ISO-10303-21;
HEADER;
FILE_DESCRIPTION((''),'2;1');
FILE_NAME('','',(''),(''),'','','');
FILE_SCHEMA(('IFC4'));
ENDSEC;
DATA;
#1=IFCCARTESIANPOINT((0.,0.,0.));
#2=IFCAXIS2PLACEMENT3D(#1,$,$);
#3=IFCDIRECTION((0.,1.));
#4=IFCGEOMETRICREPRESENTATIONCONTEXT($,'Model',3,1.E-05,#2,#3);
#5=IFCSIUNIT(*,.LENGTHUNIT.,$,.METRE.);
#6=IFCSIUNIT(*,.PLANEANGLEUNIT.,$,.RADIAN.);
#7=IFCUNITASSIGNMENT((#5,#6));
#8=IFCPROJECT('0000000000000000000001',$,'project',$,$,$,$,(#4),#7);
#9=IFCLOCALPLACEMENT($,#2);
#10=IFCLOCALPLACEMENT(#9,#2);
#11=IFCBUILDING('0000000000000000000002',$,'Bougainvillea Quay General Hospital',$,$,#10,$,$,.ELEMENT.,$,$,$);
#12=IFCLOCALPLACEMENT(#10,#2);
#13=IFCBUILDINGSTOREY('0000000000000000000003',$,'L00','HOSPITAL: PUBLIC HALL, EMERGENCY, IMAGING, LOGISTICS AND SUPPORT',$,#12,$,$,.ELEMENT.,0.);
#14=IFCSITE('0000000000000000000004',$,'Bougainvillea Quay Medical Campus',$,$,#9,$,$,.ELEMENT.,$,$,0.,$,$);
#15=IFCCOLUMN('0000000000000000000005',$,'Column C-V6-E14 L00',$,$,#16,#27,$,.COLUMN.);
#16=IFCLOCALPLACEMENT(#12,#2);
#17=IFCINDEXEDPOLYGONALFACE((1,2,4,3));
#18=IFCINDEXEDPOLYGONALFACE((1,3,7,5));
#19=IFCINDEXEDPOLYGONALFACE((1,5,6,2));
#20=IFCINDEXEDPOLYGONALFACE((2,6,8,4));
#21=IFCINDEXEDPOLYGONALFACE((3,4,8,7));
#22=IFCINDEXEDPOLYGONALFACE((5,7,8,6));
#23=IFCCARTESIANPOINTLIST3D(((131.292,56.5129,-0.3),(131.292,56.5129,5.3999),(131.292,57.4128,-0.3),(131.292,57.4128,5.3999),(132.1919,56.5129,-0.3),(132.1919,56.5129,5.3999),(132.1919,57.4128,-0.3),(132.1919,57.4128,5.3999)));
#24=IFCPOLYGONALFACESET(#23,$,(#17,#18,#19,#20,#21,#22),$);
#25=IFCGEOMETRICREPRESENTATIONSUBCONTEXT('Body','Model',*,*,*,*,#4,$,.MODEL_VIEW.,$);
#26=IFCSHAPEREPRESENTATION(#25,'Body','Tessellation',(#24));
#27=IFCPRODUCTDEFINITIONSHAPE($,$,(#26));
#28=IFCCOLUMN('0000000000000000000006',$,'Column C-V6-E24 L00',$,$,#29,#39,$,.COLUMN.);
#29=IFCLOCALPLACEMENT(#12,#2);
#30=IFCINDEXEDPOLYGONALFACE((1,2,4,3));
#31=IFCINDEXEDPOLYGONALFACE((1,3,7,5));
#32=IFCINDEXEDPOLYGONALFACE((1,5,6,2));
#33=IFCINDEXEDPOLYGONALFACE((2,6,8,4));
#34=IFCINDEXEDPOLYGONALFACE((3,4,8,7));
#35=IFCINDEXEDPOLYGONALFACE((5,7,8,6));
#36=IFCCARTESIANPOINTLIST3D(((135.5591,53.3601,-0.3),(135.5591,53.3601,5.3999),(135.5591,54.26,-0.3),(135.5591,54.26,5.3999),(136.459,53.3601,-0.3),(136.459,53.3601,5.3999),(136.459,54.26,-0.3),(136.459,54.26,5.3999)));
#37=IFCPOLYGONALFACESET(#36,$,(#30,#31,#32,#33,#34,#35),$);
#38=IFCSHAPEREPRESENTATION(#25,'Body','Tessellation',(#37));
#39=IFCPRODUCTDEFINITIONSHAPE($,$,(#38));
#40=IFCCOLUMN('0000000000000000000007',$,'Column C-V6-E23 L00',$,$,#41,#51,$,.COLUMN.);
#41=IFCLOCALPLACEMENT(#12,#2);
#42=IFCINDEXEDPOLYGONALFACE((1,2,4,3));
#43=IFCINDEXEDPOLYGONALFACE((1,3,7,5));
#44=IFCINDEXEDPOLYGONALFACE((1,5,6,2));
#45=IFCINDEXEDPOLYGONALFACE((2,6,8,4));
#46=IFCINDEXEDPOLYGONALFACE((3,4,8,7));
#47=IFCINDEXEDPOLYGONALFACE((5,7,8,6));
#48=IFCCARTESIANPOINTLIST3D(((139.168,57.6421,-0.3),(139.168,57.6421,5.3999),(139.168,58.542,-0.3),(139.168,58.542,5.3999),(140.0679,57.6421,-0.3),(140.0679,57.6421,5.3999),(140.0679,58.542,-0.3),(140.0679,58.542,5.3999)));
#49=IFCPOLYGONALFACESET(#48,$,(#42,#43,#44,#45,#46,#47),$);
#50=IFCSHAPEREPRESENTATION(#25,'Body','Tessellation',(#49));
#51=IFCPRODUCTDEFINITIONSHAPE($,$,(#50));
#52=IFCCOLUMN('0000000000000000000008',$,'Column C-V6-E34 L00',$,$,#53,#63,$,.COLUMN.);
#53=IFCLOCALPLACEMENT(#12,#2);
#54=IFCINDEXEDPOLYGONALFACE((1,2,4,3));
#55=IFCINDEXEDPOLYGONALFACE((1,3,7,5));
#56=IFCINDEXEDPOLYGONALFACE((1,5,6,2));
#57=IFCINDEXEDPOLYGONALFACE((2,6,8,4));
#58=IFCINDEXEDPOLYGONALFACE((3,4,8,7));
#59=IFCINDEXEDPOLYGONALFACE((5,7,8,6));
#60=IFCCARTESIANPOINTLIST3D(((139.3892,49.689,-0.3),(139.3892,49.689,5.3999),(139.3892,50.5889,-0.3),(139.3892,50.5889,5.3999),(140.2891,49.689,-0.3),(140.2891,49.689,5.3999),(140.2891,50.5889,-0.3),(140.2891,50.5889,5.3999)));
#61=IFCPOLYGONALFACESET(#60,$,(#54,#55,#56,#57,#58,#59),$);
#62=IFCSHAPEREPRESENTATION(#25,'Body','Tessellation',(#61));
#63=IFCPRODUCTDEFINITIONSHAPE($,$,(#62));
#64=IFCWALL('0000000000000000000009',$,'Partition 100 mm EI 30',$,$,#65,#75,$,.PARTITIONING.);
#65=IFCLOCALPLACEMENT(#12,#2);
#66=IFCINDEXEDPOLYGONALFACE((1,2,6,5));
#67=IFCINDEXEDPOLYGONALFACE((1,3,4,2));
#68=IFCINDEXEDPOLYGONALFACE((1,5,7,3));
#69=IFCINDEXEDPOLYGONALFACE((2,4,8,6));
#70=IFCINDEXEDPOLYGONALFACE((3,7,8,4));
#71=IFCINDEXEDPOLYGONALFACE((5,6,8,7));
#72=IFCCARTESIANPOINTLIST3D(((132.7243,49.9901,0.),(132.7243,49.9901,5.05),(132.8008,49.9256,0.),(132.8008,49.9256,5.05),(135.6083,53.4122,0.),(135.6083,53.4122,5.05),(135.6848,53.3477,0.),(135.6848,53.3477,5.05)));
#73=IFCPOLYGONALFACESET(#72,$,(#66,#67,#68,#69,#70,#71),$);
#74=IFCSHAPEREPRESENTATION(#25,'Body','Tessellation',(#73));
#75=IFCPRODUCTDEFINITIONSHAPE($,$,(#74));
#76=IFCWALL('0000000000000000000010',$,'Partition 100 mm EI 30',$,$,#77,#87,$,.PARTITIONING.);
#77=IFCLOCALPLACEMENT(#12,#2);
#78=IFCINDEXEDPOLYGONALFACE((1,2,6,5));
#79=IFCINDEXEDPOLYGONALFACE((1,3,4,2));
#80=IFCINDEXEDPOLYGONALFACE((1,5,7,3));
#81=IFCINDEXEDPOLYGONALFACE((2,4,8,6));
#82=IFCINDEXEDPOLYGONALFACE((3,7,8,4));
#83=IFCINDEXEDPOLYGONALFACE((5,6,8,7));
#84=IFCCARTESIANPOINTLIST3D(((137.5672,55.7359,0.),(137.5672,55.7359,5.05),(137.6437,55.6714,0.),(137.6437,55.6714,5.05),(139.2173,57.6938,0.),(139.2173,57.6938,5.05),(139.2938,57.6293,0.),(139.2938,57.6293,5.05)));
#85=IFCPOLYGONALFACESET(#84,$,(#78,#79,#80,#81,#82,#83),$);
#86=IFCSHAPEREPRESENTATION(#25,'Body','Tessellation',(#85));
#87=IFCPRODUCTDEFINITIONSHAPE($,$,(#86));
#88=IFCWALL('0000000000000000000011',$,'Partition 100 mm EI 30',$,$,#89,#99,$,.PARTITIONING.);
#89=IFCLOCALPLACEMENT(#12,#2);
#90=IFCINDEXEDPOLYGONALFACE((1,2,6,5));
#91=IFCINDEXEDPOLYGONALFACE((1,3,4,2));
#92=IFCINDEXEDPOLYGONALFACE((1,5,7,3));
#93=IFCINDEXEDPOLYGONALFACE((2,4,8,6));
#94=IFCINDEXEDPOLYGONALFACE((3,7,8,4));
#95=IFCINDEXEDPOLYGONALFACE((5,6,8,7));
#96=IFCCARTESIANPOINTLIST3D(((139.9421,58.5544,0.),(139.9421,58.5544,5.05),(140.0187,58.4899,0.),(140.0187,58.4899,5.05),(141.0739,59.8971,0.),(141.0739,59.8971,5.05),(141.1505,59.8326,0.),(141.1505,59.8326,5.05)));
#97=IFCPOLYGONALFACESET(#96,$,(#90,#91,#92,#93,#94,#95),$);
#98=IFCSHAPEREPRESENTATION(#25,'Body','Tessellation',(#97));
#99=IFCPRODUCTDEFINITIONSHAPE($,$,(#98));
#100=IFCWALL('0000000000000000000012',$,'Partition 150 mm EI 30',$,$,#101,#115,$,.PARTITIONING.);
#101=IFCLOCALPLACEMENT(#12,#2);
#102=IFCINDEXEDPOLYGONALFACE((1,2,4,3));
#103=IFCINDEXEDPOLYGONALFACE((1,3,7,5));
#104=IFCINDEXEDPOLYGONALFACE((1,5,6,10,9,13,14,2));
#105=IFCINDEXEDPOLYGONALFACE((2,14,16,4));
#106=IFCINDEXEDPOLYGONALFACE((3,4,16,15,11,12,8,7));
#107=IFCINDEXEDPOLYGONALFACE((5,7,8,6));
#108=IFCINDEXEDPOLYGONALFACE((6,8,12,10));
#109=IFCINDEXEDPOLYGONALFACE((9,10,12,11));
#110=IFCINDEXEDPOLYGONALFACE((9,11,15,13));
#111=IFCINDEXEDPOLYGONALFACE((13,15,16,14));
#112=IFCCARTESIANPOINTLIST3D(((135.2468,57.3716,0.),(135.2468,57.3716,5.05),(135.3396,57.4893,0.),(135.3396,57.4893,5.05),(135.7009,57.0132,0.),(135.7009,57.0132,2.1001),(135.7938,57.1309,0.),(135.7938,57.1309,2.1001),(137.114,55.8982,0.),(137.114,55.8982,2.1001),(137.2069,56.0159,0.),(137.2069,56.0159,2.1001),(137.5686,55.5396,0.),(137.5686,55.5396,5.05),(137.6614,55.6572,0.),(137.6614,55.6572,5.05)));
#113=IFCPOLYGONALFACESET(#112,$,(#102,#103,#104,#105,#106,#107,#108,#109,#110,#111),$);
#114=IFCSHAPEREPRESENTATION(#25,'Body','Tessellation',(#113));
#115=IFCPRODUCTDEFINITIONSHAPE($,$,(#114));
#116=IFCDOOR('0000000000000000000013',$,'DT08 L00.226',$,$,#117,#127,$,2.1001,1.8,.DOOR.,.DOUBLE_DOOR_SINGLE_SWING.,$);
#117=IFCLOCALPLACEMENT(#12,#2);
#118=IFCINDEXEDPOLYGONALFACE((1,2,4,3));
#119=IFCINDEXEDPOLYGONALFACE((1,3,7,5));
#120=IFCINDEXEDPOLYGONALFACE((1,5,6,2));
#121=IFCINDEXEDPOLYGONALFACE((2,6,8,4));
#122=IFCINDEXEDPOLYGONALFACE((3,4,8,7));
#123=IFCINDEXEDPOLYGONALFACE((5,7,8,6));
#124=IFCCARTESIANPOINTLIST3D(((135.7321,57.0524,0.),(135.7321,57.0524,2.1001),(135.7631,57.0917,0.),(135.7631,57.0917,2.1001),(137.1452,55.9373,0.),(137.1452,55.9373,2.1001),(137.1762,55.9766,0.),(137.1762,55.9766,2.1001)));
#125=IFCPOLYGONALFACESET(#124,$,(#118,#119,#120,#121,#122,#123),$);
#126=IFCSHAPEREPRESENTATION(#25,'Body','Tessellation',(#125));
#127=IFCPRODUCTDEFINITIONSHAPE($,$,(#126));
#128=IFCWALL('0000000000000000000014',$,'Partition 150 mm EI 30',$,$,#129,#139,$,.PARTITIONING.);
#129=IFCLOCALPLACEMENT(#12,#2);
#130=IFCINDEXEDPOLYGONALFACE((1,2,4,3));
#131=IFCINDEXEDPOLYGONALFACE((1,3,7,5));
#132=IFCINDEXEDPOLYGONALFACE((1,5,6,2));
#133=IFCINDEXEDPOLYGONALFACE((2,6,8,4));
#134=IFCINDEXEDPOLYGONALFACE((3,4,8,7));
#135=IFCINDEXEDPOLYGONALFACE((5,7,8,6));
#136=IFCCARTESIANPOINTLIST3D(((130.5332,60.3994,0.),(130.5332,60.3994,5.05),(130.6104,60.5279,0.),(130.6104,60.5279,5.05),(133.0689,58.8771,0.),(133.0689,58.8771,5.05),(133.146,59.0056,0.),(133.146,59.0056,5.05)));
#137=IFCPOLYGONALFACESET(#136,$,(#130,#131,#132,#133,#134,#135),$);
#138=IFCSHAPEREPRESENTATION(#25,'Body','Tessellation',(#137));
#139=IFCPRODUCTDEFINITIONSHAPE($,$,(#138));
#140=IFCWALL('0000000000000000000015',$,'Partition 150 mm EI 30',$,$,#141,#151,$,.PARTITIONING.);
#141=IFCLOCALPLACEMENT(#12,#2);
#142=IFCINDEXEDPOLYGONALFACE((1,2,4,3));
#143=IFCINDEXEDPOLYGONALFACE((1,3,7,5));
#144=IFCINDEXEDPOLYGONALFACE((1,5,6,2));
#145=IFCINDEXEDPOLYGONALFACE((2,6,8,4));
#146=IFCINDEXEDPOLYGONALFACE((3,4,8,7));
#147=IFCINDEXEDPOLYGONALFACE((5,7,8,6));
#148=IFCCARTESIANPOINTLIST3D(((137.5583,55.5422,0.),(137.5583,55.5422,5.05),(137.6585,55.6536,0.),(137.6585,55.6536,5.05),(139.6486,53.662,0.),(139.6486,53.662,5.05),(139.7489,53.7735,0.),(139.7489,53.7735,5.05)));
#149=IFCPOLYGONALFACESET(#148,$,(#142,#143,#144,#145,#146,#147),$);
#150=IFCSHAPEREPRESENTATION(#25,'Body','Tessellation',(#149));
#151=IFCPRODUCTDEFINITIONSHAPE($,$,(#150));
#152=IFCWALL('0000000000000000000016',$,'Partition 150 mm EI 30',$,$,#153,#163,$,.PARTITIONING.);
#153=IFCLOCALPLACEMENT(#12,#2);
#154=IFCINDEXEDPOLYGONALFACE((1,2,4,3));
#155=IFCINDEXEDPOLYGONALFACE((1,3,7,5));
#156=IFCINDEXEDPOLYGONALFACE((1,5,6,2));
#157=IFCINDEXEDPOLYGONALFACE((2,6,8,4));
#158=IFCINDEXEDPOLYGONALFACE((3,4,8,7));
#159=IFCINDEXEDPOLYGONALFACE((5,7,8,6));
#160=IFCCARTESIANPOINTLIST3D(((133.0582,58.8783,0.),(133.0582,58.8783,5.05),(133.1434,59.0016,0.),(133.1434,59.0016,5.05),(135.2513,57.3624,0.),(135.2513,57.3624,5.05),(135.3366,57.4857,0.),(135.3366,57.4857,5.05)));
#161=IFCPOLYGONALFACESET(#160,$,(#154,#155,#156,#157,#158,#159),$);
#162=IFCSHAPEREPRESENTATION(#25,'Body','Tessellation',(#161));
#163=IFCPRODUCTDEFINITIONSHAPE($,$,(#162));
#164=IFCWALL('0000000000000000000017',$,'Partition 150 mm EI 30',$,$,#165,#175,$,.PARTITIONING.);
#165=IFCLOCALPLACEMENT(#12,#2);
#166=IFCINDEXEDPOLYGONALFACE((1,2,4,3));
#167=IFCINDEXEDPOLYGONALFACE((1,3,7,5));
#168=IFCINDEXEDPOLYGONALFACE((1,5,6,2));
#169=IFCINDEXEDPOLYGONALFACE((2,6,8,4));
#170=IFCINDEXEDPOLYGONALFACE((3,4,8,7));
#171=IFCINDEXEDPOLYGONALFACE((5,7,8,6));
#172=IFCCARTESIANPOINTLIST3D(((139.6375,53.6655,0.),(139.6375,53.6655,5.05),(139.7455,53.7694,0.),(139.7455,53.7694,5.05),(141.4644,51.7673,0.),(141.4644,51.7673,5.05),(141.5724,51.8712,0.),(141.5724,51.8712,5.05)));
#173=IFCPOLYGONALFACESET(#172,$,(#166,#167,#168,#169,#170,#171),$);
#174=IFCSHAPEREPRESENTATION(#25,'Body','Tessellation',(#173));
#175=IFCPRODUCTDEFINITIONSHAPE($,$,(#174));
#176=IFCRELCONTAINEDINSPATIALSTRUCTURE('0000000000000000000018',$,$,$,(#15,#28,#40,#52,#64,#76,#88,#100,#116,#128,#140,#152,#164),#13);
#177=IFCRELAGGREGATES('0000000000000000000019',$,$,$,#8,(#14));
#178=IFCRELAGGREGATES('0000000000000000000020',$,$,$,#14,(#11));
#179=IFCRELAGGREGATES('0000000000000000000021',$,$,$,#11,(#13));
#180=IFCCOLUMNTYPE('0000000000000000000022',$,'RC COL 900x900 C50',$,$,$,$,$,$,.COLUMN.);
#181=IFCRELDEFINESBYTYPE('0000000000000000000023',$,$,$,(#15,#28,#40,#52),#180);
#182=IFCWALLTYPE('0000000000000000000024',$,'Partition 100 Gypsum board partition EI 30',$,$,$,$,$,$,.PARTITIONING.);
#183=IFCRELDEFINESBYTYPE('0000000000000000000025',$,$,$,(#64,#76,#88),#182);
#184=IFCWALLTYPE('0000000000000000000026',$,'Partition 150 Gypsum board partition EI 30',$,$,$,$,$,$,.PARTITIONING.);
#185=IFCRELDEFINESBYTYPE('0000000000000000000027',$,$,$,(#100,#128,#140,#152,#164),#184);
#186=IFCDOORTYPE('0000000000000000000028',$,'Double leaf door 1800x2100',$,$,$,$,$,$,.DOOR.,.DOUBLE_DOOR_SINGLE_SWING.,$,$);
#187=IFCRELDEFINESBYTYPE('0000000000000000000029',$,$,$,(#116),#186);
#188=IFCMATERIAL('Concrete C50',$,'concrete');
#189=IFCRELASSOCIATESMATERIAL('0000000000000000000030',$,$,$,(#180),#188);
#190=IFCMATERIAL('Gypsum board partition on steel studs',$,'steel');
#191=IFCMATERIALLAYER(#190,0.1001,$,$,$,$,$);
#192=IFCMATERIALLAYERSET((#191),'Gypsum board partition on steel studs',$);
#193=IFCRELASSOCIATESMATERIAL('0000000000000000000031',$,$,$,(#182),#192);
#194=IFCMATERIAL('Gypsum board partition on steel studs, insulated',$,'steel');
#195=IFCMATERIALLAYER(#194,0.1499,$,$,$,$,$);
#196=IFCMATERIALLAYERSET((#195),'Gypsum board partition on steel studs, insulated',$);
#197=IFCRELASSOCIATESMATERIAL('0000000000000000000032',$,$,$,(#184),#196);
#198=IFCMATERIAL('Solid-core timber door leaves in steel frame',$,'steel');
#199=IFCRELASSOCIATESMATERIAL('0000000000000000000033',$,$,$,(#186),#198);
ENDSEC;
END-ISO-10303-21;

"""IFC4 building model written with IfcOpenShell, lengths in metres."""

from ifc_helpers import new_model, si_unit, direction, frame, frame_2d, origin, origin_2d, place, context, subcontext, project, spatial, rectangle, extrude, material, layer, layer_set, material_profile, profile_set, type_object, element, fill, save


model = new_model("IFC4")

# Units and contexts
model_context = context("Model", 3, precision=1e-05, world=origin(), true_north=direction((0.0, 1.0)))
body_context = subcontext(model_context, "Body", "Model", "MODEL_VIEW")
ifc_project = project(units=[si_unit("LENGTHUNIT", "METRE"), si_unit("PLANEANGLEUNIT", "RADIAN")], contexts=[model_context])

# Site, building, storey
site_placement = place(None, origin())
site = spatial("IfcSite", under=ifc_project, at=site_placement, Name="Bougainvillea Quay Medical Campus", CompositionType="ELEMENT", RefElevation=0.0)
building_placement = place(site_placement, origin())
building = spatial("IfcBuilding", under=site, at=building_placement, Name="Bougainvillea Quay General Hospital", CompositionType="ELEMENT")
storey_placement = place(building_placement, origin())
storey = spatial("IfcBuildingStorey", under=building, at=storey_placement, Name="L00", Description="HOSPITAL: PUBLIC HALL, EMERGENCY, IMAGING, LOGISTICS AND SUPPORT", CompositionType="ELEMENT", Elevation=0.0)

# Columns
ifc_material_1 = material(Name="Concrete C50", Category="concrete")
ifc_material_profile_1 = material_profile(ifc_material_1, rectangle(XDim=0.8999, YDim=0.8999, at=origin_2d()))
ifc_profile_set_1 = profile_set([ifc_material_profile_1], Name="Concrete C50")
column_type = type_object("IfcColumnType", Name="RC COL 900x900 C50", PredefinedType="COLUMN", material=ifc_profile_set_1)
for number, where, z_axis, x_axis, name in (
    (1, (131.7419, 56.9629, -0.3), (0.0, 0.0, 1.0), (1.0, 0.0, 0.0), "Column C-V6-E14 L00"),
    (2, (136.009, 53.8101, -0.3), (0.0, 0.0, 1.0), (1.0, 0.0, 0.0), "Column C-V6-E24 L00"),
    (3, (139.6179, 58.092, -0.3), (0.0, 0.0, 1.0), (1.0, 0.0, 0.0), "Column C-V6-E23 L00"),
    (4, (139.8391, 50.1389, -0.3), (0.0, 0.0, 1.0), (1.0, 0.0, 0.0), "Column C-V6-E34 L00"),
):
    element("IfcColumn", number, at=place(storey_placement, frame(where, z_axis=z_axis, x_axis=x_axis)), inside=storey, type_object=column_type, Name=name, PredefinedType="COLUMN", context=body_context, shape_type="SweptSolid", body=[
        extrude(rectangle(XDim=0.8999, YDim=0.8999, at=origin_2d()), origin(), (0.0, 0.0, 1.0), 5.7),
    ])

# Walls
ifc_material_2 = material(Name="Gypsum board partition on steel studs", Category="steel")
ifc_layer_1 = layer(ifc_material_2, 0.1001)
ifc_layer_set_1 = layer_set([ifc_layer_1], Name="Gypsum board partition on steel studs")
wall_type_1 = type_object("IfcWallType", Name="Partition 100 Gypsum board partition EI 30", PredefinedType="PARTITIONING", material=ifc_layer_set_1)
wall_1_placement = place(storey_placement, frame((132.7625, 49.9578, 0.0), z_axis=(0.0, 0.0, 1.0), x_axis=(0.64443, 0.764664, 0.0)))
element("IfcWall", 5, at=wall_1_placement, inside=storey, type_object=wall_type_1, Name="Partition 100 mm EI 30", PredefinedType="PARTITIONING", context=body_context, shape_type="SweptSolid", body=[
    extrude(rectangle(XDim=4.4753, YDim=0.1001, at=frame_2d((2.2378, 0.0))), origin(), (0.0, 0.0, 1.0), 5.05),
])
wall_2_placement = place(storey_placement, frame((137.6055, 55.7036, 0.0), z_axis=(0.0, 0.0, 1.0), x_axis=(0.644432, 0.764661, 0.0)))
element("IfcWall", 6, at=wall_2_placement, inside=storey, type_object=wall_type_1, Name="Partition 100 mm EI 30", PredefinedType="PARTITIONING", context=body_context, shape_type="SweptSolid", body=[
    extrude(rectangle(XDim=2.5605, YDim=0.1001, at=frame_2d((1.2803, 0.0))), origin(), (0.0, 0.0, 1.0), 5.05),
])
wall_3_placement = place(storey_placement, frame((139.9805, 58.5222, 0.0), z_axis=(0.0, 0.0, 1.0), x_axis=(0.644495, 0.764608, 0.0)))
element("IfcWall", 7, at=wall_3_placement, inside=storey, type_object=wall_type_1, Name="Partition 100 mm EI 30", PredefinedType="PARTITIONING", context=body_context, shape_type="SweptSolid", body=[
    extrude(rectangle(XDim=1.7561, YDim=0.1001, at=frame_2d((0.8779, 0.0))), origin(), (0.0, 0.0, 1.0), 5.05),
])

# Wall, opening, door
ifc_material_3 = material(Name="Gypsum board partition on steel studs, insulated", Category="steel")
ifc_layer_2 = layer(ifc_material_3, 0.1499)
ifc_layer_set_2 = layer_set([ifc_layer_2], Name="Gypsum board partition on steel studs, insulated")
wall_type_2 = type_object("IfcWallType", Name="Partition 150 Gypsum board partition EI 30", PredefinedType="PARTITIONING", material=ifc_layer_set_2)
wall_4_placement = place(storey_placement, frame((135.2932, 57.4304, 0.0), z_axis=(0.0, 0.0, 1.0), x_axis=(0.785039, -0.619446, 0.0)))
wall_4 = element("IfcWall", 8, at=wall_4_placement, inside=storey, type_object=wall_type_2, Name="Partition 150 mm EI 30", PredefinedType="PARTITIONING", context=body_context, shape_type="SweptSolid", body=[
    extrude(rectangle(XDim=2.9575, YDim=0.1499, at=frame_2d((1.4788, 0.0))), origin(), (0.0, 0.0, 1.0), 5.05),
])
opening_1_placement = place(wall_4_placement, frame((0.5786, 0.0, 0.0)))
opening_1 = element("IfcOpeningElement", 9, at=opening_1_placement, cuts=wall_4, PredefinedType="OPENING", context=body_context, shape_type="SweptSolid", body=[
    extrude(rectangle(XDim=1.8, YDim=2.1001, at=frame_2d((0.8999, 1.05))), frame((0.0, 0.085, 0.0), z_axis=(0.0, -1.0, 0.0), x_axis=(1.0, 0.0, 0.0)), (0.0, 0.0, 1.0), 0.1699),
])
ifc_material_4 = material(Name="Solid-core timber door leaves in steel frame", Category="steel")
door_type_1 = type_object("IfcDoorType", Name="Double leaf door 1800x2100", OperationType="DOUBLE_DOOR_SINGLE_SWING", PredefinedType="DOOR", material=ifc_material_4)
door_1_placement = place(opening_1_placement, frame((1.8, 0.0, 0.0), z_axis=(0.0, 0.0, 1.0), x_axis=(-1.0, 0.0, 0.0)))
door_1 = element("IfcDoor", 10, at=door_1_placement, inside=storey, type_object=door_type_1, Name="DT08 L00.226", OperationType="DOUBLE_DOOR_SINGLE_SWING", OverallHeight=2.1001, OverallWidth=1.8, PredefinedType="DOOR", context=body_context, shape_type="SweptSolid", body=[
    extrude(rectangle(XDim=1.8, YDim=2.1001, at=frame_2d((0.8999, 1.05))), frame((0.0, 0.0249, 0.0), z_axis=(0.0, -1.0, 0.0), x_axis=(1.0, 0.0, 0.0)), (0.0, 0.0, 1.0), 0.05),
])
fill(opening_1, door_1)

# Walls
wall_5_placement = place(storey_placement, frame((130.5718, 60.4636, 0.0), z_axis=(0.0, 0.0, 1.0), x_axis=(0.857369, -0.514702, 0.0)))
element("IfcWall", 11, at=wall_5_placement, inside=storey, type_object=wall_type_2, Name="Partition 150 mm EI 30", PredefinedType="PARTITIONING", context=body_context, shape_type="SweptSolid", body=[
    extrude(rectangle(XDim=2.9575, YDim=0.1499, at=frame_2d((1.4788, 0.0))), origin(), (0.0, 0.0, 1.0), 5.05),
])
wall_6_placement = place(storey_placement, frame((137.6084, 55.5979, 0.0), z_axis=(0.0, 0.0, 1.0), x_axis=(0.743501, -0.668734, 0.0)))
element("IfcWall", 12, at=wall_6_placement, inside=storey, type_object=wall_type_2, Name="Partition 150 mm EI 30", PredefinedType="PARTITIONING", context=body_context, shape_type="SweptSolid", body=[
    extrude(rectangle(XDim=2.8115, YDim=0.1499, at=frame_2d((1.4058, 0.0))), origin(), (0.0, 0.0, 1.0), 5.05),
])
wall_7_placement = place(storey_placement, frame((133.1008, 58.9399, 0.0), z_axis=(0.0, 0.0, 1.0), x_axis=(0.822621, -0.568591, 0.0)))
element("IfcWall", 13, at=wall_7_placement, inside=storey, type_object=wall_type_2, Name="Partition 150 mm EI 30", PredefinedType="PARTITIONING", context=body_context, shape_type="SweptSolid", body=[
    extrude(rectangle(XDim=2.666, YDim=0.1499, at=frame_2d((1.333, 0.0))), origin(), (0.0, 0.0, 1.0), 5.05),
])
wall_8_placement = place(storey_placement, frame((139.6914, 53.7175, 0.0), z_axis=(0.0, 0.0, 1.0), x_axis=(0.693448, -0.720507, 0.0)))
element("IfcWall", 14, at=wall_8_placement, inside=storey, type_object=wall_type_2, Name="Partition 150 mm EI 30", PredefinedType="PARTITIONING", context=body_context, shape_type="SweptSolid", body=[
    extrude(rectangle(XDim=2.6345, YDim=0.1499, at=frame_2d((1.3174, 0.0))), origin(), (0.0, 0.0, 1.0), 5.05),
])

save(model, "model.ifc")
